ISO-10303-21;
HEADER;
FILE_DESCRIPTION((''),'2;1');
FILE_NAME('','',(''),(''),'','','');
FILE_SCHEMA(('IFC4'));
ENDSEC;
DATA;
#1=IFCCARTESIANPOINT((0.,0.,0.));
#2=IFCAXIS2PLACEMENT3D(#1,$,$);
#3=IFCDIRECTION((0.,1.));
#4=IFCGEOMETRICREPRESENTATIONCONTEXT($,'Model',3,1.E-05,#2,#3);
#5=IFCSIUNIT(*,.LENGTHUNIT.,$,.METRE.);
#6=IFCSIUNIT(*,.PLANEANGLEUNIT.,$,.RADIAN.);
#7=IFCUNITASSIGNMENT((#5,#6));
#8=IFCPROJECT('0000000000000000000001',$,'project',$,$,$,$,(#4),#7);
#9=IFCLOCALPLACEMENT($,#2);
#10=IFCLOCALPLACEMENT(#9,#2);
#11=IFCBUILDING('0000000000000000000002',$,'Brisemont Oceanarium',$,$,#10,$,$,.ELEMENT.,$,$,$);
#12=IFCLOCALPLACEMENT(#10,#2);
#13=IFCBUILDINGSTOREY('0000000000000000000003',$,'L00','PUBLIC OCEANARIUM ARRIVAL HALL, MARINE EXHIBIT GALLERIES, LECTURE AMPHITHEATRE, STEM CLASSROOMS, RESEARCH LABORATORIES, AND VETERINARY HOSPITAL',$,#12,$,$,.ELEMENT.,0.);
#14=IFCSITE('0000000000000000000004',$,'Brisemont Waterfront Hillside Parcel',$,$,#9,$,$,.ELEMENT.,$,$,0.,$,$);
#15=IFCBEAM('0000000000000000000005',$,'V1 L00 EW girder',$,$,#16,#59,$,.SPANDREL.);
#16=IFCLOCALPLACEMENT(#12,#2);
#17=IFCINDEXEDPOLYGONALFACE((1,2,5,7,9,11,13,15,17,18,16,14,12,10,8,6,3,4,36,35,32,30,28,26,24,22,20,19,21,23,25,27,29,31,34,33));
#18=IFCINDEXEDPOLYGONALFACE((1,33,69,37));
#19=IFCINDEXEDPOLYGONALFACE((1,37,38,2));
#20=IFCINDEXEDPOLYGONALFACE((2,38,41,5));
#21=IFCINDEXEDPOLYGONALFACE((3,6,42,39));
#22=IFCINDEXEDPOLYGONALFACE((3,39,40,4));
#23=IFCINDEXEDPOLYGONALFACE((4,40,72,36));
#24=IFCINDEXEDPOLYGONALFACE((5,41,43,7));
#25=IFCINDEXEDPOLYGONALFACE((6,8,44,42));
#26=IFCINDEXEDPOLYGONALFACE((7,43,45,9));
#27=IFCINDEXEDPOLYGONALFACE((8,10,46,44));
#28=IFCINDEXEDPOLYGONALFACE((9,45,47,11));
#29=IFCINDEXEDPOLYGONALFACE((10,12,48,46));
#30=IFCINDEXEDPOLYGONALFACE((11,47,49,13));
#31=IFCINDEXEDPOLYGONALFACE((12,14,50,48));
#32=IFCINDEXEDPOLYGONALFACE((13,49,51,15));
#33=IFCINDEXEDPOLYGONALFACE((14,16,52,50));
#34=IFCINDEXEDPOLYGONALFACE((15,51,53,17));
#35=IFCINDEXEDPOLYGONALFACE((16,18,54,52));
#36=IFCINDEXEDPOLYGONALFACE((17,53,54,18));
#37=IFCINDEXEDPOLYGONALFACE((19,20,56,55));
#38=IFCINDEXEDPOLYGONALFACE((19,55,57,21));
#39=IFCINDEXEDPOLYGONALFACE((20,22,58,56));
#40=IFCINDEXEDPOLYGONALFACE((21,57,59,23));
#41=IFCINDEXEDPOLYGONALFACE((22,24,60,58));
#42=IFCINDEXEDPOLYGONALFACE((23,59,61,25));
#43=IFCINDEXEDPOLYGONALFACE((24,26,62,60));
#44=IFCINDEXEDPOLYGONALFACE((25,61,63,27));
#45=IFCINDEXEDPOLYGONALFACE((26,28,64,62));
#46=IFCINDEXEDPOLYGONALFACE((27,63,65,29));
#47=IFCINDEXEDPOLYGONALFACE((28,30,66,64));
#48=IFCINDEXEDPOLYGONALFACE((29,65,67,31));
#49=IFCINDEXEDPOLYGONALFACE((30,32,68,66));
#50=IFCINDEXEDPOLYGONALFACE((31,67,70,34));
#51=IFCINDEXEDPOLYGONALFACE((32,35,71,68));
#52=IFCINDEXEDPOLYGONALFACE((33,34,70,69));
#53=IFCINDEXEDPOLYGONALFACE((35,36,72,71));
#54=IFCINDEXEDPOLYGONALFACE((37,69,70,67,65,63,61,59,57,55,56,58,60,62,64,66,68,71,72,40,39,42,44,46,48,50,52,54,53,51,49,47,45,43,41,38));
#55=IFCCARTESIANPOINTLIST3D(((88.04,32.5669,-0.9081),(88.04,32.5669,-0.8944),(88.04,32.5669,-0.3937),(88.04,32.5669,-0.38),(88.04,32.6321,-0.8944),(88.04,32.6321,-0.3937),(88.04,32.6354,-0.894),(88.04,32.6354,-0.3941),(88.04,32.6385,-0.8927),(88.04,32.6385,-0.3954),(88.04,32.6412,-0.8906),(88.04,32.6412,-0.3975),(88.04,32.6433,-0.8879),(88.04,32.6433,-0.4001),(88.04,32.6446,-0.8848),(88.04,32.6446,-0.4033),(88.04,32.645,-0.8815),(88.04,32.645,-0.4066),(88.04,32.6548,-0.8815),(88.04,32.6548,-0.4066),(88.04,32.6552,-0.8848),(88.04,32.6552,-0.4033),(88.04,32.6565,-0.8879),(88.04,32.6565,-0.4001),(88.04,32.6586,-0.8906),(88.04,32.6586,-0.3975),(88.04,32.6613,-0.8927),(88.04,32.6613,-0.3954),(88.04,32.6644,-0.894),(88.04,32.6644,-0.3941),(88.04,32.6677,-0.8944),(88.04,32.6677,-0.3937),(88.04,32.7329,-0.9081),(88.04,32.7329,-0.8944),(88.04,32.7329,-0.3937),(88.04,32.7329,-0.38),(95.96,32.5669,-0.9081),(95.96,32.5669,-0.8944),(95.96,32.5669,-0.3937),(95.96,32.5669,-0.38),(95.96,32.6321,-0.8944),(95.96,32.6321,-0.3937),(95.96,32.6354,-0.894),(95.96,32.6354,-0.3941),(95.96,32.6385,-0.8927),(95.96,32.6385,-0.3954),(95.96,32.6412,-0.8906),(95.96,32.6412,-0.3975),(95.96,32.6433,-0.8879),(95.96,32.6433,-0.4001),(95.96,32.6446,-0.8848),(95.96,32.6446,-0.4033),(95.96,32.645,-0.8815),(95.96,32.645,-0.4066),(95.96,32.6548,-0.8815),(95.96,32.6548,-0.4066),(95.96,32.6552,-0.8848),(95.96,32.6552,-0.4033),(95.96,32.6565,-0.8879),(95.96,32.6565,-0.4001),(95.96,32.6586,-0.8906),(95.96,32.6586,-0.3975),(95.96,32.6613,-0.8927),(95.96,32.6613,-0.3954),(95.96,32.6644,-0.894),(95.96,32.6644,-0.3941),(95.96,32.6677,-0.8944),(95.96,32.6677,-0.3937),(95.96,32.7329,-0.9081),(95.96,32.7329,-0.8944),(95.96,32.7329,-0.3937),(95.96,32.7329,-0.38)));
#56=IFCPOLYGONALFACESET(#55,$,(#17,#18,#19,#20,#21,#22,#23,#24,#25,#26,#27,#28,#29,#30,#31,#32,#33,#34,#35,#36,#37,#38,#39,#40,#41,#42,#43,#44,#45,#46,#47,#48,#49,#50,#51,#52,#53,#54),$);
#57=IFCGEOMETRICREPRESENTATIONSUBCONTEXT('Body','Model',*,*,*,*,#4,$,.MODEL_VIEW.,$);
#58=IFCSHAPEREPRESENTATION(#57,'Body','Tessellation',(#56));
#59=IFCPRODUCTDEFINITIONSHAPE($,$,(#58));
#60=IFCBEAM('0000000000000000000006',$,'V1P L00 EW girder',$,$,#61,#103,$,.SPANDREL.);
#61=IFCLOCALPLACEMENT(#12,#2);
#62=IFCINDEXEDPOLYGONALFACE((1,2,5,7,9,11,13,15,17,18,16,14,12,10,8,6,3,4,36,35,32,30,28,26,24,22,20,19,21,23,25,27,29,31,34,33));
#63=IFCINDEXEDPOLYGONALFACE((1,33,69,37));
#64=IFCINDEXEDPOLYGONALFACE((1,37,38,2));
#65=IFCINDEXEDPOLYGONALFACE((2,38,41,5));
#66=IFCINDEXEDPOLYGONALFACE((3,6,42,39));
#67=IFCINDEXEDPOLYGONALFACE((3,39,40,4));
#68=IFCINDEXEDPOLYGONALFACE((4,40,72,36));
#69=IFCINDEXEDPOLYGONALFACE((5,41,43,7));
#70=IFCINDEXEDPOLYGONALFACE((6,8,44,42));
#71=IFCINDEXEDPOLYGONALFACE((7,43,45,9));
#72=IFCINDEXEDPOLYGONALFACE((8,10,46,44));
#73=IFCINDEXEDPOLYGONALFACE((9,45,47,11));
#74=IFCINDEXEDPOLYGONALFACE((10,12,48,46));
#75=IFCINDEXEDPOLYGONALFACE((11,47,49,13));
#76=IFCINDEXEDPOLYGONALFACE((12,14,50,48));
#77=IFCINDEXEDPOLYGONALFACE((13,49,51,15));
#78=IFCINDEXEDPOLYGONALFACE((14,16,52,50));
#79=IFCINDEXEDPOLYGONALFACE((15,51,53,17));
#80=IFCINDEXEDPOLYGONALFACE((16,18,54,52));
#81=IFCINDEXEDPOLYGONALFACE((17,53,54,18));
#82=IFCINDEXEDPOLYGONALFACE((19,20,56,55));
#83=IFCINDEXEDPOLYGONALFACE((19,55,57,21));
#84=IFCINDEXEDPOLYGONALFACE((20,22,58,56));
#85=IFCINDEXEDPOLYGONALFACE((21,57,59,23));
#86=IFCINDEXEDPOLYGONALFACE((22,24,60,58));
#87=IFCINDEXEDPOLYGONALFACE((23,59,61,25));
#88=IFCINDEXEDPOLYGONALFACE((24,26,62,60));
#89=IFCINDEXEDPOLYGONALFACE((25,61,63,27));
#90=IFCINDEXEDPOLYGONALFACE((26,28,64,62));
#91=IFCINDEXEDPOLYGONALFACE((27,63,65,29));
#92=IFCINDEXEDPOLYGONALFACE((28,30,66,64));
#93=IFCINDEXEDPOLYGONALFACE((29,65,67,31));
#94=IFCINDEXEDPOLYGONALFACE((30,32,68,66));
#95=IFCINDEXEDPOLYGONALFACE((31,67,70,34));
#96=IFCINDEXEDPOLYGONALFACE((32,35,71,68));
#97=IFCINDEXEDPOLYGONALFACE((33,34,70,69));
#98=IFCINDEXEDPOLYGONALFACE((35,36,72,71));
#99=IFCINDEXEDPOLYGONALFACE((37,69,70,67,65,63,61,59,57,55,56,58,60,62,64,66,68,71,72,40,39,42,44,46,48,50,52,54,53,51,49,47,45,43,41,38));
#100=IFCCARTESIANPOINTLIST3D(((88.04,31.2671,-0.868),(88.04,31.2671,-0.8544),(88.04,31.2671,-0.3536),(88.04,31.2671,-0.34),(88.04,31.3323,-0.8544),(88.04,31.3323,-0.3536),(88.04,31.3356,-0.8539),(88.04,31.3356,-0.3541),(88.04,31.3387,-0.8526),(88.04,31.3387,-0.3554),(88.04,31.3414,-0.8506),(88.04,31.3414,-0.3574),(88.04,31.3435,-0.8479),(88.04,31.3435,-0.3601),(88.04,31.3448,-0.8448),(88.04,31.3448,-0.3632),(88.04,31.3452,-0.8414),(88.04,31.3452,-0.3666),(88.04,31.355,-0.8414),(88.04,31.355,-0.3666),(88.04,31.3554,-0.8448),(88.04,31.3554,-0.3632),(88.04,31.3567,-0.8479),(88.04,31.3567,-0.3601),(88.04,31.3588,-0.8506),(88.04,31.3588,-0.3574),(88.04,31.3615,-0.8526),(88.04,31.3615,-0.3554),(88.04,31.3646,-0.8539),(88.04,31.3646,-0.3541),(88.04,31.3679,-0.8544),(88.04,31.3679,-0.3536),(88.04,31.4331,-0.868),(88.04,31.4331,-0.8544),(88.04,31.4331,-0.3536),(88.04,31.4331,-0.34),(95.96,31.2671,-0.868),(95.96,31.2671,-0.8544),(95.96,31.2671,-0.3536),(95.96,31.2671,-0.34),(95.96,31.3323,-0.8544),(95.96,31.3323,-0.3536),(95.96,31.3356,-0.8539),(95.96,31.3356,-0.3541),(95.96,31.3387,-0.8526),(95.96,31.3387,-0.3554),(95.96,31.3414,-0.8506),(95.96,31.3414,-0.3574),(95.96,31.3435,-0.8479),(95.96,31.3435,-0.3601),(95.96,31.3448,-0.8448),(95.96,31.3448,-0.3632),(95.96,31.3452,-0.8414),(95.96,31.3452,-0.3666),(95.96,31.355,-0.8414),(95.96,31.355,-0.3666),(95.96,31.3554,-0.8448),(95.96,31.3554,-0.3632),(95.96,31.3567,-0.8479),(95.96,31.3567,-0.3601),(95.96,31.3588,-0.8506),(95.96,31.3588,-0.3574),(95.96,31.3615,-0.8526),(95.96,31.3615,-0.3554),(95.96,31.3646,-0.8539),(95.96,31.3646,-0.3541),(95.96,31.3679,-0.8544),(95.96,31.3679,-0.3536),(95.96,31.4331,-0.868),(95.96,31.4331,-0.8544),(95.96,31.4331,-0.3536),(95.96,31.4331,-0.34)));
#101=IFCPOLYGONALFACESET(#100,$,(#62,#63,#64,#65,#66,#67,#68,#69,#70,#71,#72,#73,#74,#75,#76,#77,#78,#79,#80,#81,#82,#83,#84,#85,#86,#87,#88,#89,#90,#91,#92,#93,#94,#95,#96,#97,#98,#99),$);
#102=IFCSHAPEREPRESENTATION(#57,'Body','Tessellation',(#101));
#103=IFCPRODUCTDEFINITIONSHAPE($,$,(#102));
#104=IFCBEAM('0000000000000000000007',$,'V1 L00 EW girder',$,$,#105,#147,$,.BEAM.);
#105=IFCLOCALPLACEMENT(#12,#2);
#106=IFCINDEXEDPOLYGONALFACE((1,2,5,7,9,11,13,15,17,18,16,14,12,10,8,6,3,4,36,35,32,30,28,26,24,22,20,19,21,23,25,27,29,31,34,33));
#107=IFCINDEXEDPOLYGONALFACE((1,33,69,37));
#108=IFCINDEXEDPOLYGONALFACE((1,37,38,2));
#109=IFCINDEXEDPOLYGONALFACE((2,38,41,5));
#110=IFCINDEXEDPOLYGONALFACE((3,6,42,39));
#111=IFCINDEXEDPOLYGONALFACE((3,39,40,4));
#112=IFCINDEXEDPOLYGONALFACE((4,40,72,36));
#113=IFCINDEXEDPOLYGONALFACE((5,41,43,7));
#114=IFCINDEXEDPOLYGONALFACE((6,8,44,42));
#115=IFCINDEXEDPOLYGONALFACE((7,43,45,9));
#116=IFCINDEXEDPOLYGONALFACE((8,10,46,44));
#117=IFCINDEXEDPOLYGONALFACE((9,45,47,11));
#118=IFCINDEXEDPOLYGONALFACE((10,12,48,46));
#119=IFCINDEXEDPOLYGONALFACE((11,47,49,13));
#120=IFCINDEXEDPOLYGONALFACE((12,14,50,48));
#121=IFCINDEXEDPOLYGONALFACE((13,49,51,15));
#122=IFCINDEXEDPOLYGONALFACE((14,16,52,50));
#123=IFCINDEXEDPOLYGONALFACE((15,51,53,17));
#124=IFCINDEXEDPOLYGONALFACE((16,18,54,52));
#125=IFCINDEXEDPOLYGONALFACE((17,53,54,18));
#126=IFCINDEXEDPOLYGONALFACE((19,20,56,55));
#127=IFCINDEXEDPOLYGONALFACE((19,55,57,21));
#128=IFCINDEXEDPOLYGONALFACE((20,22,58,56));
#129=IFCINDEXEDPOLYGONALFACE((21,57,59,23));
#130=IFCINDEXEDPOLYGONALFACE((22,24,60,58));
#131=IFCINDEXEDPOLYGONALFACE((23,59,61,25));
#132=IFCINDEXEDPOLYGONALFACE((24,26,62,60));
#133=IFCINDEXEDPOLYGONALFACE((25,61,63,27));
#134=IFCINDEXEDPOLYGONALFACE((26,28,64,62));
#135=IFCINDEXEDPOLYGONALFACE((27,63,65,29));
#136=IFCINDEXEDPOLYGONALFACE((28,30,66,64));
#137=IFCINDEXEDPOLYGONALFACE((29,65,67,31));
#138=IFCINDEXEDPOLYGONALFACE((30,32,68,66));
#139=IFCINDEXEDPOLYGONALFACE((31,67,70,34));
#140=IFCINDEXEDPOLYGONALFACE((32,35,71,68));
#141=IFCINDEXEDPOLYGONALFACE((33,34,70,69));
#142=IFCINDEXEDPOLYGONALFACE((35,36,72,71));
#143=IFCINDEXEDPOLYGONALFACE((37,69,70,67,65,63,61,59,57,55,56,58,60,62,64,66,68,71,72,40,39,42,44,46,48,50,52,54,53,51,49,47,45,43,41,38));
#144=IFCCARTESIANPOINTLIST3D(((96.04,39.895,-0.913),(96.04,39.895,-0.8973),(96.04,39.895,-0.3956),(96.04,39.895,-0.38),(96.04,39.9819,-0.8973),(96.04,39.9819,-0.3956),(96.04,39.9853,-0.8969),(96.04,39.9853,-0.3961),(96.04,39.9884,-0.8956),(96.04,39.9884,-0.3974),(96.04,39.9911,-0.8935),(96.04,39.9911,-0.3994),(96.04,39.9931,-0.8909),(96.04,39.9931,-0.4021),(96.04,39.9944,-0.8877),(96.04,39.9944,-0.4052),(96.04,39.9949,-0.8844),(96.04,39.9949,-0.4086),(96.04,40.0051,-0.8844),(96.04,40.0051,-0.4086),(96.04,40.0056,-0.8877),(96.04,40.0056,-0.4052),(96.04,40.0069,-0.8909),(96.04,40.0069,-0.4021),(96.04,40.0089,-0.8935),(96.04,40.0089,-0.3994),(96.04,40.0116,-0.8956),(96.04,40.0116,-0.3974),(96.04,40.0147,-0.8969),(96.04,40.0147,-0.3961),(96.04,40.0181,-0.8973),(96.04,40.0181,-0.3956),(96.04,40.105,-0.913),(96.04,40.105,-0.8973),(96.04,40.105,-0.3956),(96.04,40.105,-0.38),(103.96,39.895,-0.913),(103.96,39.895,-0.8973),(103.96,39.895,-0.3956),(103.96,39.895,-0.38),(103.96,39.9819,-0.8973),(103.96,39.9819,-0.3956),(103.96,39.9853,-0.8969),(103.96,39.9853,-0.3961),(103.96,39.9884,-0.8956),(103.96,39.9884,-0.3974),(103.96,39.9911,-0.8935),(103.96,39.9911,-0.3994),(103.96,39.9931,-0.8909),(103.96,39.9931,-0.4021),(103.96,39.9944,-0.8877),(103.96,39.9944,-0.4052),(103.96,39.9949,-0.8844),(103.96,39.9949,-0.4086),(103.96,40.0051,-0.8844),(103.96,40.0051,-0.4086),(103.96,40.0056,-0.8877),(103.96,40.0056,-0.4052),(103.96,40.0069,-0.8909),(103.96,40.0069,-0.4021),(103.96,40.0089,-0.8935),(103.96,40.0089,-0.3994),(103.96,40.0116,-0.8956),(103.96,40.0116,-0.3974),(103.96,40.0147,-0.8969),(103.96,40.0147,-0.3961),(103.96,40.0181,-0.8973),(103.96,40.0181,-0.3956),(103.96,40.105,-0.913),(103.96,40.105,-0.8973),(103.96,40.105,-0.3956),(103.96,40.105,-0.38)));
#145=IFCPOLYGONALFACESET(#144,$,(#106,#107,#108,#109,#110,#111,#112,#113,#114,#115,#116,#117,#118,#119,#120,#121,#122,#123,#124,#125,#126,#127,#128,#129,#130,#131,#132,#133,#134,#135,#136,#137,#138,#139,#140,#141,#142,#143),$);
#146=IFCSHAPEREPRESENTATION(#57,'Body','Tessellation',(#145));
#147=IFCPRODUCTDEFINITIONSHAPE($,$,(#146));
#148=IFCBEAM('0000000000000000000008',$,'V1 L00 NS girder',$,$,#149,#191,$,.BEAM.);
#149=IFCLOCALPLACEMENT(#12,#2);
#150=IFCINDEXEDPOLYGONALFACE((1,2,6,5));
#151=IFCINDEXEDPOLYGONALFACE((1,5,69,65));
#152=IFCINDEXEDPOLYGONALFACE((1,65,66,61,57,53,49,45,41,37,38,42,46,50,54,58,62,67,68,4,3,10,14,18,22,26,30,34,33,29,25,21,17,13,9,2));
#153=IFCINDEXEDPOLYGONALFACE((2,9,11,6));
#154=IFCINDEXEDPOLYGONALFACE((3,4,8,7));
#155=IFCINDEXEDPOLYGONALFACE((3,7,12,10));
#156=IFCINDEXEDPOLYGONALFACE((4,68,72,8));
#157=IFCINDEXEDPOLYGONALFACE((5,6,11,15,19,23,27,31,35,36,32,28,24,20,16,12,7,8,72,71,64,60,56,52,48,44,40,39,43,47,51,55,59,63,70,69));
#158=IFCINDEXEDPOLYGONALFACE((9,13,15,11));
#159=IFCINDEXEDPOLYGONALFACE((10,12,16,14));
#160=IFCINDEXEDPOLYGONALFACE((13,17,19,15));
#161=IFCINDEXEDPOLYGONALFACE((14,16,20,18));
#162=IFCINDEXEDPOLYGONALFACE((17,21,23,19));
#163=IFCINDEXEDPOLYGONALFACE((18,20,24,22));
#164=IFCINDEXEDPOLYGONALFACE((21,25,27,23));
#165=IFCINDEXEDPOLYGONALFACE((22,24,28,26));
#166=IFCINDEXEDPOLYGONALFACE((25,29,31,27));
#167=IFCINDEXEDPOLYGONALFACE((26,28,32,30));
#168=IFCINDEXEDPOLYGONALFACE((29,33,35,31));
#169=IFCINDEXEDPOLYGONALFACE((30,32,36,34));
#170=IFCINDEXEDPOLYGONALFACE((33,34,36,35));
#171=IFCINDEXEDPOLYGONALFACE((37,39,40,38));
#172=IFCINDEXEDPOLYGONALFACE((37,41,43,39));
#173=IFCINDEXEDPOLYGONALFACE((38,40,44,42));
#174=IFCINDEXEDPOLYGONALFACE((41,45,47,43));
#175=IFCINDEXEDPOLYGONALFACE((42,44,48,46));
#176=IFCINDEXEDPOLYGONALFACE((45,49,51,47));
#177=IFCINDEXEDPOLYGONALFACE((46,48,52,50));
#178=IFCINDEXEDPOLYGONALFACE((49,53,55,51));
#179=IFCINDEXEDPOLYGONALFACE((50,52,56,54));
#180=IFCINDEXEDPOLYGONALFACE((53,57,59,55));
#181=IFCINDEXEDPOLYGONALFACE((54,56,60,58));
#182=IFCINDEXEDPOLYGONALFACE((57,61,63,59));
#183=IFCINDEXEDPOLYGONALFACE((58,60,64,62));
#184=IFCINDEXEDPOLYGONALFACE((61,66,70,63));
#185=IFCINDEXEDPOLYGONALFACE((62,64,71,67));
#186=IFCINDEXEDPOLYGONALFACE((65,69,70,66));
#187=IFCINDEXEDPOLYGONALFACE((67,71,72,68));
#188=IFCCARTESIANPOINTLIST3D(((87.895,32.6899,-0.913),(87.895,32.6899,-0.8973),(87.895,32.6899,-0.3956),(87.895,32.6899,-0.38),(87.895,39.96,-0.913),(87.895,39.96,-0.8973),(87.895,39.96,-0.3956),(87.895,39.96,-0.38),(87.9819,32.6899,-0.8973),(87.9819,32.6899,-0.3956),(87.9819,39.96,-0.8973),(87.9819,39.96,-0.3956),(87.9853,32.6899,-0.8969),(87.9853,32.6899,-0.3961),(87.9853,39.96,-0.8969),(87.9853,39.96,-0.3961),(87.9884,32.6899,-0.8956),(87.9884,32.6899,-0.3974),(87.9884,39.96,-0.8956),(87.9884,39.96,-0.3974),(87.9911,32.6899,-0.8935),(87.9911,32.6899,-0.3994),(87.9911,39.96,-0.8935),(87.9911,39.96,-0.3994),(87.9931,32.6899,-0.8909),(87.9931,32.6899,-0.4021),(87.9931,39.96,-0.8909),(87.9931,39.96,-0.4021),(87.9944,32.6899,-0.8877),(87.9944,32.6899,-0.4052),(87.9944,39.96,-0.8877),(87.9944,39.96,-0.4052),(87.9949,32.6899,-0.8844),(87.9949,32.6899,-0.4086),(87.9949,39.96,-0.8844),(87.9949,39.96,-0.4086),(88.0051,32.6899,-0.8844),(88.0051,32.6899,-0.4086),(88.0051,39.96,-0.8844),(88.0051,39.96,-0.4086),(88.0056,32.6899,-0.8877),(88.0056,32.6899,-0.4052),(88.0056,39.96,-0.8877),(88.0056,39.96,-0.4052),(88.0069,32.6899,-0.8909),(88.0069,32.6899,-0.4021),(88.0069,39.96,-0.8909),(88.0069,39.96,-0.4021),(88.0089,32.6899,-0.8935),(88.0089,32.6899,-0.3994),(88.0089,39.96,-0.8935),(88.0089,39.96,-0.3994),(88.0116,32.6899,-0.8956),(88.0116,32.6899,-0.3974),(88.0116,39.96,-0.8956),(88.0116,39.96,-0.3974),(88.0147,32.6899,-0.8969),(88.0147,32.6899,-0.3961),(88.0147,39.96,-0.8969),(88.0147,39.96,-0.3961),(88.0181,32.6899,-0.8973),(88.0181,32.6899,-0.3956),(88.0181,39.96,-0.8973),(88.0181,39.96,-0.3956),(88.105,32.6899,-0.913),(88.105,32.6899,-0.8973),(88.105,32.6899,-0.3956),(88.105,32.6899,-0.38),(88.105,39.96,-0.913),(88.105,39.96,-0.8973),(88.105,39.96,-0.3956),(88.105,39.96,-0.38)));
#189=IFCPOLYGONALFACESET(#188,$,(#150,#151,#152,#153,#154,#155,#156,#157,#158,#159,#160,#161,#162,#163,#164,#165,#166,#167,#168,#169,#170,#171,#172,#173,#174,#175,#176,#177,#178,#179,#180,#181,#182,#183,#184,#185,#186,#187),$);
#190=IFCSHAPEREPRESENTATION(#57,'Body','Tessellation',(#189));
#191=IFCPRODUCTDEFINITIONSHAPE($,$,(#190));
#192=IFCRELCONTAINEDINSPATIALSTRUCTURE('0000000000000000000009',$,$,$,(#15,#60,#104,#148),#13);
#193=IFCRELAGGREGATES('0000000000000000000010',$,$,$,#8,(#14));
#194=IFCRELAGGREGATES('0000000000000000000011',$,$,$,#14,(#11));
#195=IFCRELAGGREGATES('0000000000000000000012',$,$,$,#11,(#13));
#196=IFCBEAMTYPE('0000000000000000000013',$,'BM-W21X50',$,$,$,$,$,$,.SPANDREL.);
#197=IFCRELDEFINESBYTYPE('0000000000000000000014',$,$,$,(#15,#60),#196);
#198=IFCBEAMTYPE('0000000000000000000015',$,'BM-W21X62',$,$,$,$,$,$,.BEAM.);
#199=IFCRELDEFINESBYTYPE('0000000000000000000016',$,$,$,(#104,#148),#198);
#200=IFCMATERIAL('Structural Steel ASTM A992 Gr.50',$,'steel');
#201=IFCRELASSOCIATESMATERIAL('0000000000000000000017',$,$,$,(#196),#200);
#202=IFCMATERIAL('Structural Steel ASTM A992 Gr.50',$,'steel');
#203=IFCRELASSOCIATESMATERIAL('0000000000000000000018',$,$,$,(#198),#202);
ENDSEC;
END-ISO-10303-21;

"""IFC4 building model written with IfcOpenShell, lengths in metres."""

from ifc_helpers import new_model, si_unit, direction, frame, origin, origin_2d, place, context, subcontext, project, spatial, i_section, extrude, material, material_profile, profile_set, type_object, element, save


model = new_model("IFC4")

# Units and contexts
model_context = context("Model", 3, precision=1e-05, world=origin(), true_north=direction((0.0, 1.0)))
body_context = subcontext(model_context, "Body", "Model", "MODEL_VIEW")
ifc_project = project(units=[si_unit("LENGTHUNIT", "METRE"), si_unit("PLANEANGLEUNIT", "RADIAN")], contexts=[model_context])

# Site, building, storey
site_placement = place(None, origin())
site = spatial("IfcSite", under=ifc_project, at=site_placement, Name="Brisemont Waterfront Hillside Parcel", CompositionType="ELEMENT", RefElevation=0.0)
building_placement = place(site_placement, origin())
building = spatial("IfcBuilding", under=site, at=building_placement, Name="Brisemont Oceanarium", CompositionType="ELEMENT")
storey_placement = place(building_placement, origin())
storey = spatial("IfcBuildingStorey", under=building, at=storey_placement, Name="L00", Description="PUBLIC OCEANARIUM ARRIVAL HALL, MARINE EXHIBIT GALLERIES, LECTURE AMPHITHEATRE, STEM CLASSROOMS, RESEARCH LABORATORIES, AND VETERINARY HOSPITAL", CompositionType="ELEMENT", Elevation=0.0)

# Beams
ifc_material_1 = material(Name="Structural Steel ASTM A992 Gr.50", Category="steel")
ifc_material_profile_1 = material_profile(ifc_material_1, i_section(OverallWidth=0.166, OverallDepth=0.5281, WebThickness=0.0098, FlangeThickness=0.0137, FilletRadius=0.0129, at=origin_2d()), Name="W21X50")
ifc_profile_set_1 = profile_set([ifc_material_profile_1], Name="Structural Steel ASTM A992 Gr.50")
beam_type_1 = type_object("IfcBeamType", Name="BM-W21X50", PredefinedType="SPANDREL", material=ifc_profile_set_1)
for number, where, z_axis, x_axis, name in (
    (1, (88.04, 32.6499, -0.644), (1.0, 0.0, 0.0), (0.0, 1.0, 0.0), "V1 L00 EW girder"),
    (2, (88.04, 31.3501, -0.604), (1.0, 0.0, 0.0), (0.0, 1.0, 0.0), "V1P L00 EW girder"),
):
    element("IfcBeam", number, at=place(storey_placement, frame(where, z_axis=z_axis, x_axis=x_axis)), inside=storey, type_object=beam_type_1, Name=name, PredefinedType="SPANDREL", context=body_context, shape_type="SweptSolid", body=[
        extrude(i_section(OverallWidth=0.166, OverallDepth=0.5281, WebThickness=0.0098, FlangeThickness=0.0137, FilletRadius=0.0129, at=origin_2d()), origin(), (0.0, 0.0, 1.0), 7.9199),
    ])
ifc_material_2 = material(Name="Structural Steel ASTM A992 Gr.50", Category="steel")
ifc_material_profile_2 = material_profile(ifc_material_2, i_section(OverallWidth=0.21, OverallDepth=0.533, WebThickness=0.0103, FlangeThickness=0.0156, FilletRadius=0.0129, at=origin_2d()), Name="W21X62")
ifc_profile_set_2 = profile_set([ifc_material_profile_2], Name="Structural Steel ASTM A992 Gr.50")
beam_type_2 = type_object("IfcBeamType", Name="BM-W21X62", PredefinedType="BEAM", material=ifc_profile_set_2)
beam_1_placement = place(storey_placement, frame((96.04, 40.0, -0.6465), z_axis=(1.0, 0.0, 0.0), x_axis=(0.0, 1.0, 0.0)))
element("IfcBeam", 3, at=beam_1_placement, inside=storey, type_object=beam_type_2, Name="V1 L00 EW girder", PredefinedType="BEAM", context=body_context, shape_type="SweptSolid", body=[
    extrude(i_section(OverallWidth=0.21, OverallDepth=0.533, WebThickness=0.0103, FlangeThickness=0.0156, FilletRadius=0.0129, at=origin_2d()), origin(), (0.0, 0.0, 1.0), 7.9199),
])
beam_2_placement = place(storey_placement, frame((88.0, 32.6899, -0.6465), z_axis=(0.0, 1.0, 0.0), x_axis=(-1.0, 0.0, 0.0)))
element("IfcBeam", 4, at=beam_2_placement, inside=storey, type_object=beam_type_2, Name="V1 L00 NS girder", PredefinedType="BEAM", context=body_context, shape_type="SweptSolid", body=[
    extrude(i_section(OverallWidth=0.21, OverallDepth=0.533, WebThickness=0.0103, FlangeThickness=0.0156, FilletRadius=0.0129, at=origin_2d()), origin(), (0.0, 0.0, 1.0), 7.27),
])

save(model, "model.ifc")
